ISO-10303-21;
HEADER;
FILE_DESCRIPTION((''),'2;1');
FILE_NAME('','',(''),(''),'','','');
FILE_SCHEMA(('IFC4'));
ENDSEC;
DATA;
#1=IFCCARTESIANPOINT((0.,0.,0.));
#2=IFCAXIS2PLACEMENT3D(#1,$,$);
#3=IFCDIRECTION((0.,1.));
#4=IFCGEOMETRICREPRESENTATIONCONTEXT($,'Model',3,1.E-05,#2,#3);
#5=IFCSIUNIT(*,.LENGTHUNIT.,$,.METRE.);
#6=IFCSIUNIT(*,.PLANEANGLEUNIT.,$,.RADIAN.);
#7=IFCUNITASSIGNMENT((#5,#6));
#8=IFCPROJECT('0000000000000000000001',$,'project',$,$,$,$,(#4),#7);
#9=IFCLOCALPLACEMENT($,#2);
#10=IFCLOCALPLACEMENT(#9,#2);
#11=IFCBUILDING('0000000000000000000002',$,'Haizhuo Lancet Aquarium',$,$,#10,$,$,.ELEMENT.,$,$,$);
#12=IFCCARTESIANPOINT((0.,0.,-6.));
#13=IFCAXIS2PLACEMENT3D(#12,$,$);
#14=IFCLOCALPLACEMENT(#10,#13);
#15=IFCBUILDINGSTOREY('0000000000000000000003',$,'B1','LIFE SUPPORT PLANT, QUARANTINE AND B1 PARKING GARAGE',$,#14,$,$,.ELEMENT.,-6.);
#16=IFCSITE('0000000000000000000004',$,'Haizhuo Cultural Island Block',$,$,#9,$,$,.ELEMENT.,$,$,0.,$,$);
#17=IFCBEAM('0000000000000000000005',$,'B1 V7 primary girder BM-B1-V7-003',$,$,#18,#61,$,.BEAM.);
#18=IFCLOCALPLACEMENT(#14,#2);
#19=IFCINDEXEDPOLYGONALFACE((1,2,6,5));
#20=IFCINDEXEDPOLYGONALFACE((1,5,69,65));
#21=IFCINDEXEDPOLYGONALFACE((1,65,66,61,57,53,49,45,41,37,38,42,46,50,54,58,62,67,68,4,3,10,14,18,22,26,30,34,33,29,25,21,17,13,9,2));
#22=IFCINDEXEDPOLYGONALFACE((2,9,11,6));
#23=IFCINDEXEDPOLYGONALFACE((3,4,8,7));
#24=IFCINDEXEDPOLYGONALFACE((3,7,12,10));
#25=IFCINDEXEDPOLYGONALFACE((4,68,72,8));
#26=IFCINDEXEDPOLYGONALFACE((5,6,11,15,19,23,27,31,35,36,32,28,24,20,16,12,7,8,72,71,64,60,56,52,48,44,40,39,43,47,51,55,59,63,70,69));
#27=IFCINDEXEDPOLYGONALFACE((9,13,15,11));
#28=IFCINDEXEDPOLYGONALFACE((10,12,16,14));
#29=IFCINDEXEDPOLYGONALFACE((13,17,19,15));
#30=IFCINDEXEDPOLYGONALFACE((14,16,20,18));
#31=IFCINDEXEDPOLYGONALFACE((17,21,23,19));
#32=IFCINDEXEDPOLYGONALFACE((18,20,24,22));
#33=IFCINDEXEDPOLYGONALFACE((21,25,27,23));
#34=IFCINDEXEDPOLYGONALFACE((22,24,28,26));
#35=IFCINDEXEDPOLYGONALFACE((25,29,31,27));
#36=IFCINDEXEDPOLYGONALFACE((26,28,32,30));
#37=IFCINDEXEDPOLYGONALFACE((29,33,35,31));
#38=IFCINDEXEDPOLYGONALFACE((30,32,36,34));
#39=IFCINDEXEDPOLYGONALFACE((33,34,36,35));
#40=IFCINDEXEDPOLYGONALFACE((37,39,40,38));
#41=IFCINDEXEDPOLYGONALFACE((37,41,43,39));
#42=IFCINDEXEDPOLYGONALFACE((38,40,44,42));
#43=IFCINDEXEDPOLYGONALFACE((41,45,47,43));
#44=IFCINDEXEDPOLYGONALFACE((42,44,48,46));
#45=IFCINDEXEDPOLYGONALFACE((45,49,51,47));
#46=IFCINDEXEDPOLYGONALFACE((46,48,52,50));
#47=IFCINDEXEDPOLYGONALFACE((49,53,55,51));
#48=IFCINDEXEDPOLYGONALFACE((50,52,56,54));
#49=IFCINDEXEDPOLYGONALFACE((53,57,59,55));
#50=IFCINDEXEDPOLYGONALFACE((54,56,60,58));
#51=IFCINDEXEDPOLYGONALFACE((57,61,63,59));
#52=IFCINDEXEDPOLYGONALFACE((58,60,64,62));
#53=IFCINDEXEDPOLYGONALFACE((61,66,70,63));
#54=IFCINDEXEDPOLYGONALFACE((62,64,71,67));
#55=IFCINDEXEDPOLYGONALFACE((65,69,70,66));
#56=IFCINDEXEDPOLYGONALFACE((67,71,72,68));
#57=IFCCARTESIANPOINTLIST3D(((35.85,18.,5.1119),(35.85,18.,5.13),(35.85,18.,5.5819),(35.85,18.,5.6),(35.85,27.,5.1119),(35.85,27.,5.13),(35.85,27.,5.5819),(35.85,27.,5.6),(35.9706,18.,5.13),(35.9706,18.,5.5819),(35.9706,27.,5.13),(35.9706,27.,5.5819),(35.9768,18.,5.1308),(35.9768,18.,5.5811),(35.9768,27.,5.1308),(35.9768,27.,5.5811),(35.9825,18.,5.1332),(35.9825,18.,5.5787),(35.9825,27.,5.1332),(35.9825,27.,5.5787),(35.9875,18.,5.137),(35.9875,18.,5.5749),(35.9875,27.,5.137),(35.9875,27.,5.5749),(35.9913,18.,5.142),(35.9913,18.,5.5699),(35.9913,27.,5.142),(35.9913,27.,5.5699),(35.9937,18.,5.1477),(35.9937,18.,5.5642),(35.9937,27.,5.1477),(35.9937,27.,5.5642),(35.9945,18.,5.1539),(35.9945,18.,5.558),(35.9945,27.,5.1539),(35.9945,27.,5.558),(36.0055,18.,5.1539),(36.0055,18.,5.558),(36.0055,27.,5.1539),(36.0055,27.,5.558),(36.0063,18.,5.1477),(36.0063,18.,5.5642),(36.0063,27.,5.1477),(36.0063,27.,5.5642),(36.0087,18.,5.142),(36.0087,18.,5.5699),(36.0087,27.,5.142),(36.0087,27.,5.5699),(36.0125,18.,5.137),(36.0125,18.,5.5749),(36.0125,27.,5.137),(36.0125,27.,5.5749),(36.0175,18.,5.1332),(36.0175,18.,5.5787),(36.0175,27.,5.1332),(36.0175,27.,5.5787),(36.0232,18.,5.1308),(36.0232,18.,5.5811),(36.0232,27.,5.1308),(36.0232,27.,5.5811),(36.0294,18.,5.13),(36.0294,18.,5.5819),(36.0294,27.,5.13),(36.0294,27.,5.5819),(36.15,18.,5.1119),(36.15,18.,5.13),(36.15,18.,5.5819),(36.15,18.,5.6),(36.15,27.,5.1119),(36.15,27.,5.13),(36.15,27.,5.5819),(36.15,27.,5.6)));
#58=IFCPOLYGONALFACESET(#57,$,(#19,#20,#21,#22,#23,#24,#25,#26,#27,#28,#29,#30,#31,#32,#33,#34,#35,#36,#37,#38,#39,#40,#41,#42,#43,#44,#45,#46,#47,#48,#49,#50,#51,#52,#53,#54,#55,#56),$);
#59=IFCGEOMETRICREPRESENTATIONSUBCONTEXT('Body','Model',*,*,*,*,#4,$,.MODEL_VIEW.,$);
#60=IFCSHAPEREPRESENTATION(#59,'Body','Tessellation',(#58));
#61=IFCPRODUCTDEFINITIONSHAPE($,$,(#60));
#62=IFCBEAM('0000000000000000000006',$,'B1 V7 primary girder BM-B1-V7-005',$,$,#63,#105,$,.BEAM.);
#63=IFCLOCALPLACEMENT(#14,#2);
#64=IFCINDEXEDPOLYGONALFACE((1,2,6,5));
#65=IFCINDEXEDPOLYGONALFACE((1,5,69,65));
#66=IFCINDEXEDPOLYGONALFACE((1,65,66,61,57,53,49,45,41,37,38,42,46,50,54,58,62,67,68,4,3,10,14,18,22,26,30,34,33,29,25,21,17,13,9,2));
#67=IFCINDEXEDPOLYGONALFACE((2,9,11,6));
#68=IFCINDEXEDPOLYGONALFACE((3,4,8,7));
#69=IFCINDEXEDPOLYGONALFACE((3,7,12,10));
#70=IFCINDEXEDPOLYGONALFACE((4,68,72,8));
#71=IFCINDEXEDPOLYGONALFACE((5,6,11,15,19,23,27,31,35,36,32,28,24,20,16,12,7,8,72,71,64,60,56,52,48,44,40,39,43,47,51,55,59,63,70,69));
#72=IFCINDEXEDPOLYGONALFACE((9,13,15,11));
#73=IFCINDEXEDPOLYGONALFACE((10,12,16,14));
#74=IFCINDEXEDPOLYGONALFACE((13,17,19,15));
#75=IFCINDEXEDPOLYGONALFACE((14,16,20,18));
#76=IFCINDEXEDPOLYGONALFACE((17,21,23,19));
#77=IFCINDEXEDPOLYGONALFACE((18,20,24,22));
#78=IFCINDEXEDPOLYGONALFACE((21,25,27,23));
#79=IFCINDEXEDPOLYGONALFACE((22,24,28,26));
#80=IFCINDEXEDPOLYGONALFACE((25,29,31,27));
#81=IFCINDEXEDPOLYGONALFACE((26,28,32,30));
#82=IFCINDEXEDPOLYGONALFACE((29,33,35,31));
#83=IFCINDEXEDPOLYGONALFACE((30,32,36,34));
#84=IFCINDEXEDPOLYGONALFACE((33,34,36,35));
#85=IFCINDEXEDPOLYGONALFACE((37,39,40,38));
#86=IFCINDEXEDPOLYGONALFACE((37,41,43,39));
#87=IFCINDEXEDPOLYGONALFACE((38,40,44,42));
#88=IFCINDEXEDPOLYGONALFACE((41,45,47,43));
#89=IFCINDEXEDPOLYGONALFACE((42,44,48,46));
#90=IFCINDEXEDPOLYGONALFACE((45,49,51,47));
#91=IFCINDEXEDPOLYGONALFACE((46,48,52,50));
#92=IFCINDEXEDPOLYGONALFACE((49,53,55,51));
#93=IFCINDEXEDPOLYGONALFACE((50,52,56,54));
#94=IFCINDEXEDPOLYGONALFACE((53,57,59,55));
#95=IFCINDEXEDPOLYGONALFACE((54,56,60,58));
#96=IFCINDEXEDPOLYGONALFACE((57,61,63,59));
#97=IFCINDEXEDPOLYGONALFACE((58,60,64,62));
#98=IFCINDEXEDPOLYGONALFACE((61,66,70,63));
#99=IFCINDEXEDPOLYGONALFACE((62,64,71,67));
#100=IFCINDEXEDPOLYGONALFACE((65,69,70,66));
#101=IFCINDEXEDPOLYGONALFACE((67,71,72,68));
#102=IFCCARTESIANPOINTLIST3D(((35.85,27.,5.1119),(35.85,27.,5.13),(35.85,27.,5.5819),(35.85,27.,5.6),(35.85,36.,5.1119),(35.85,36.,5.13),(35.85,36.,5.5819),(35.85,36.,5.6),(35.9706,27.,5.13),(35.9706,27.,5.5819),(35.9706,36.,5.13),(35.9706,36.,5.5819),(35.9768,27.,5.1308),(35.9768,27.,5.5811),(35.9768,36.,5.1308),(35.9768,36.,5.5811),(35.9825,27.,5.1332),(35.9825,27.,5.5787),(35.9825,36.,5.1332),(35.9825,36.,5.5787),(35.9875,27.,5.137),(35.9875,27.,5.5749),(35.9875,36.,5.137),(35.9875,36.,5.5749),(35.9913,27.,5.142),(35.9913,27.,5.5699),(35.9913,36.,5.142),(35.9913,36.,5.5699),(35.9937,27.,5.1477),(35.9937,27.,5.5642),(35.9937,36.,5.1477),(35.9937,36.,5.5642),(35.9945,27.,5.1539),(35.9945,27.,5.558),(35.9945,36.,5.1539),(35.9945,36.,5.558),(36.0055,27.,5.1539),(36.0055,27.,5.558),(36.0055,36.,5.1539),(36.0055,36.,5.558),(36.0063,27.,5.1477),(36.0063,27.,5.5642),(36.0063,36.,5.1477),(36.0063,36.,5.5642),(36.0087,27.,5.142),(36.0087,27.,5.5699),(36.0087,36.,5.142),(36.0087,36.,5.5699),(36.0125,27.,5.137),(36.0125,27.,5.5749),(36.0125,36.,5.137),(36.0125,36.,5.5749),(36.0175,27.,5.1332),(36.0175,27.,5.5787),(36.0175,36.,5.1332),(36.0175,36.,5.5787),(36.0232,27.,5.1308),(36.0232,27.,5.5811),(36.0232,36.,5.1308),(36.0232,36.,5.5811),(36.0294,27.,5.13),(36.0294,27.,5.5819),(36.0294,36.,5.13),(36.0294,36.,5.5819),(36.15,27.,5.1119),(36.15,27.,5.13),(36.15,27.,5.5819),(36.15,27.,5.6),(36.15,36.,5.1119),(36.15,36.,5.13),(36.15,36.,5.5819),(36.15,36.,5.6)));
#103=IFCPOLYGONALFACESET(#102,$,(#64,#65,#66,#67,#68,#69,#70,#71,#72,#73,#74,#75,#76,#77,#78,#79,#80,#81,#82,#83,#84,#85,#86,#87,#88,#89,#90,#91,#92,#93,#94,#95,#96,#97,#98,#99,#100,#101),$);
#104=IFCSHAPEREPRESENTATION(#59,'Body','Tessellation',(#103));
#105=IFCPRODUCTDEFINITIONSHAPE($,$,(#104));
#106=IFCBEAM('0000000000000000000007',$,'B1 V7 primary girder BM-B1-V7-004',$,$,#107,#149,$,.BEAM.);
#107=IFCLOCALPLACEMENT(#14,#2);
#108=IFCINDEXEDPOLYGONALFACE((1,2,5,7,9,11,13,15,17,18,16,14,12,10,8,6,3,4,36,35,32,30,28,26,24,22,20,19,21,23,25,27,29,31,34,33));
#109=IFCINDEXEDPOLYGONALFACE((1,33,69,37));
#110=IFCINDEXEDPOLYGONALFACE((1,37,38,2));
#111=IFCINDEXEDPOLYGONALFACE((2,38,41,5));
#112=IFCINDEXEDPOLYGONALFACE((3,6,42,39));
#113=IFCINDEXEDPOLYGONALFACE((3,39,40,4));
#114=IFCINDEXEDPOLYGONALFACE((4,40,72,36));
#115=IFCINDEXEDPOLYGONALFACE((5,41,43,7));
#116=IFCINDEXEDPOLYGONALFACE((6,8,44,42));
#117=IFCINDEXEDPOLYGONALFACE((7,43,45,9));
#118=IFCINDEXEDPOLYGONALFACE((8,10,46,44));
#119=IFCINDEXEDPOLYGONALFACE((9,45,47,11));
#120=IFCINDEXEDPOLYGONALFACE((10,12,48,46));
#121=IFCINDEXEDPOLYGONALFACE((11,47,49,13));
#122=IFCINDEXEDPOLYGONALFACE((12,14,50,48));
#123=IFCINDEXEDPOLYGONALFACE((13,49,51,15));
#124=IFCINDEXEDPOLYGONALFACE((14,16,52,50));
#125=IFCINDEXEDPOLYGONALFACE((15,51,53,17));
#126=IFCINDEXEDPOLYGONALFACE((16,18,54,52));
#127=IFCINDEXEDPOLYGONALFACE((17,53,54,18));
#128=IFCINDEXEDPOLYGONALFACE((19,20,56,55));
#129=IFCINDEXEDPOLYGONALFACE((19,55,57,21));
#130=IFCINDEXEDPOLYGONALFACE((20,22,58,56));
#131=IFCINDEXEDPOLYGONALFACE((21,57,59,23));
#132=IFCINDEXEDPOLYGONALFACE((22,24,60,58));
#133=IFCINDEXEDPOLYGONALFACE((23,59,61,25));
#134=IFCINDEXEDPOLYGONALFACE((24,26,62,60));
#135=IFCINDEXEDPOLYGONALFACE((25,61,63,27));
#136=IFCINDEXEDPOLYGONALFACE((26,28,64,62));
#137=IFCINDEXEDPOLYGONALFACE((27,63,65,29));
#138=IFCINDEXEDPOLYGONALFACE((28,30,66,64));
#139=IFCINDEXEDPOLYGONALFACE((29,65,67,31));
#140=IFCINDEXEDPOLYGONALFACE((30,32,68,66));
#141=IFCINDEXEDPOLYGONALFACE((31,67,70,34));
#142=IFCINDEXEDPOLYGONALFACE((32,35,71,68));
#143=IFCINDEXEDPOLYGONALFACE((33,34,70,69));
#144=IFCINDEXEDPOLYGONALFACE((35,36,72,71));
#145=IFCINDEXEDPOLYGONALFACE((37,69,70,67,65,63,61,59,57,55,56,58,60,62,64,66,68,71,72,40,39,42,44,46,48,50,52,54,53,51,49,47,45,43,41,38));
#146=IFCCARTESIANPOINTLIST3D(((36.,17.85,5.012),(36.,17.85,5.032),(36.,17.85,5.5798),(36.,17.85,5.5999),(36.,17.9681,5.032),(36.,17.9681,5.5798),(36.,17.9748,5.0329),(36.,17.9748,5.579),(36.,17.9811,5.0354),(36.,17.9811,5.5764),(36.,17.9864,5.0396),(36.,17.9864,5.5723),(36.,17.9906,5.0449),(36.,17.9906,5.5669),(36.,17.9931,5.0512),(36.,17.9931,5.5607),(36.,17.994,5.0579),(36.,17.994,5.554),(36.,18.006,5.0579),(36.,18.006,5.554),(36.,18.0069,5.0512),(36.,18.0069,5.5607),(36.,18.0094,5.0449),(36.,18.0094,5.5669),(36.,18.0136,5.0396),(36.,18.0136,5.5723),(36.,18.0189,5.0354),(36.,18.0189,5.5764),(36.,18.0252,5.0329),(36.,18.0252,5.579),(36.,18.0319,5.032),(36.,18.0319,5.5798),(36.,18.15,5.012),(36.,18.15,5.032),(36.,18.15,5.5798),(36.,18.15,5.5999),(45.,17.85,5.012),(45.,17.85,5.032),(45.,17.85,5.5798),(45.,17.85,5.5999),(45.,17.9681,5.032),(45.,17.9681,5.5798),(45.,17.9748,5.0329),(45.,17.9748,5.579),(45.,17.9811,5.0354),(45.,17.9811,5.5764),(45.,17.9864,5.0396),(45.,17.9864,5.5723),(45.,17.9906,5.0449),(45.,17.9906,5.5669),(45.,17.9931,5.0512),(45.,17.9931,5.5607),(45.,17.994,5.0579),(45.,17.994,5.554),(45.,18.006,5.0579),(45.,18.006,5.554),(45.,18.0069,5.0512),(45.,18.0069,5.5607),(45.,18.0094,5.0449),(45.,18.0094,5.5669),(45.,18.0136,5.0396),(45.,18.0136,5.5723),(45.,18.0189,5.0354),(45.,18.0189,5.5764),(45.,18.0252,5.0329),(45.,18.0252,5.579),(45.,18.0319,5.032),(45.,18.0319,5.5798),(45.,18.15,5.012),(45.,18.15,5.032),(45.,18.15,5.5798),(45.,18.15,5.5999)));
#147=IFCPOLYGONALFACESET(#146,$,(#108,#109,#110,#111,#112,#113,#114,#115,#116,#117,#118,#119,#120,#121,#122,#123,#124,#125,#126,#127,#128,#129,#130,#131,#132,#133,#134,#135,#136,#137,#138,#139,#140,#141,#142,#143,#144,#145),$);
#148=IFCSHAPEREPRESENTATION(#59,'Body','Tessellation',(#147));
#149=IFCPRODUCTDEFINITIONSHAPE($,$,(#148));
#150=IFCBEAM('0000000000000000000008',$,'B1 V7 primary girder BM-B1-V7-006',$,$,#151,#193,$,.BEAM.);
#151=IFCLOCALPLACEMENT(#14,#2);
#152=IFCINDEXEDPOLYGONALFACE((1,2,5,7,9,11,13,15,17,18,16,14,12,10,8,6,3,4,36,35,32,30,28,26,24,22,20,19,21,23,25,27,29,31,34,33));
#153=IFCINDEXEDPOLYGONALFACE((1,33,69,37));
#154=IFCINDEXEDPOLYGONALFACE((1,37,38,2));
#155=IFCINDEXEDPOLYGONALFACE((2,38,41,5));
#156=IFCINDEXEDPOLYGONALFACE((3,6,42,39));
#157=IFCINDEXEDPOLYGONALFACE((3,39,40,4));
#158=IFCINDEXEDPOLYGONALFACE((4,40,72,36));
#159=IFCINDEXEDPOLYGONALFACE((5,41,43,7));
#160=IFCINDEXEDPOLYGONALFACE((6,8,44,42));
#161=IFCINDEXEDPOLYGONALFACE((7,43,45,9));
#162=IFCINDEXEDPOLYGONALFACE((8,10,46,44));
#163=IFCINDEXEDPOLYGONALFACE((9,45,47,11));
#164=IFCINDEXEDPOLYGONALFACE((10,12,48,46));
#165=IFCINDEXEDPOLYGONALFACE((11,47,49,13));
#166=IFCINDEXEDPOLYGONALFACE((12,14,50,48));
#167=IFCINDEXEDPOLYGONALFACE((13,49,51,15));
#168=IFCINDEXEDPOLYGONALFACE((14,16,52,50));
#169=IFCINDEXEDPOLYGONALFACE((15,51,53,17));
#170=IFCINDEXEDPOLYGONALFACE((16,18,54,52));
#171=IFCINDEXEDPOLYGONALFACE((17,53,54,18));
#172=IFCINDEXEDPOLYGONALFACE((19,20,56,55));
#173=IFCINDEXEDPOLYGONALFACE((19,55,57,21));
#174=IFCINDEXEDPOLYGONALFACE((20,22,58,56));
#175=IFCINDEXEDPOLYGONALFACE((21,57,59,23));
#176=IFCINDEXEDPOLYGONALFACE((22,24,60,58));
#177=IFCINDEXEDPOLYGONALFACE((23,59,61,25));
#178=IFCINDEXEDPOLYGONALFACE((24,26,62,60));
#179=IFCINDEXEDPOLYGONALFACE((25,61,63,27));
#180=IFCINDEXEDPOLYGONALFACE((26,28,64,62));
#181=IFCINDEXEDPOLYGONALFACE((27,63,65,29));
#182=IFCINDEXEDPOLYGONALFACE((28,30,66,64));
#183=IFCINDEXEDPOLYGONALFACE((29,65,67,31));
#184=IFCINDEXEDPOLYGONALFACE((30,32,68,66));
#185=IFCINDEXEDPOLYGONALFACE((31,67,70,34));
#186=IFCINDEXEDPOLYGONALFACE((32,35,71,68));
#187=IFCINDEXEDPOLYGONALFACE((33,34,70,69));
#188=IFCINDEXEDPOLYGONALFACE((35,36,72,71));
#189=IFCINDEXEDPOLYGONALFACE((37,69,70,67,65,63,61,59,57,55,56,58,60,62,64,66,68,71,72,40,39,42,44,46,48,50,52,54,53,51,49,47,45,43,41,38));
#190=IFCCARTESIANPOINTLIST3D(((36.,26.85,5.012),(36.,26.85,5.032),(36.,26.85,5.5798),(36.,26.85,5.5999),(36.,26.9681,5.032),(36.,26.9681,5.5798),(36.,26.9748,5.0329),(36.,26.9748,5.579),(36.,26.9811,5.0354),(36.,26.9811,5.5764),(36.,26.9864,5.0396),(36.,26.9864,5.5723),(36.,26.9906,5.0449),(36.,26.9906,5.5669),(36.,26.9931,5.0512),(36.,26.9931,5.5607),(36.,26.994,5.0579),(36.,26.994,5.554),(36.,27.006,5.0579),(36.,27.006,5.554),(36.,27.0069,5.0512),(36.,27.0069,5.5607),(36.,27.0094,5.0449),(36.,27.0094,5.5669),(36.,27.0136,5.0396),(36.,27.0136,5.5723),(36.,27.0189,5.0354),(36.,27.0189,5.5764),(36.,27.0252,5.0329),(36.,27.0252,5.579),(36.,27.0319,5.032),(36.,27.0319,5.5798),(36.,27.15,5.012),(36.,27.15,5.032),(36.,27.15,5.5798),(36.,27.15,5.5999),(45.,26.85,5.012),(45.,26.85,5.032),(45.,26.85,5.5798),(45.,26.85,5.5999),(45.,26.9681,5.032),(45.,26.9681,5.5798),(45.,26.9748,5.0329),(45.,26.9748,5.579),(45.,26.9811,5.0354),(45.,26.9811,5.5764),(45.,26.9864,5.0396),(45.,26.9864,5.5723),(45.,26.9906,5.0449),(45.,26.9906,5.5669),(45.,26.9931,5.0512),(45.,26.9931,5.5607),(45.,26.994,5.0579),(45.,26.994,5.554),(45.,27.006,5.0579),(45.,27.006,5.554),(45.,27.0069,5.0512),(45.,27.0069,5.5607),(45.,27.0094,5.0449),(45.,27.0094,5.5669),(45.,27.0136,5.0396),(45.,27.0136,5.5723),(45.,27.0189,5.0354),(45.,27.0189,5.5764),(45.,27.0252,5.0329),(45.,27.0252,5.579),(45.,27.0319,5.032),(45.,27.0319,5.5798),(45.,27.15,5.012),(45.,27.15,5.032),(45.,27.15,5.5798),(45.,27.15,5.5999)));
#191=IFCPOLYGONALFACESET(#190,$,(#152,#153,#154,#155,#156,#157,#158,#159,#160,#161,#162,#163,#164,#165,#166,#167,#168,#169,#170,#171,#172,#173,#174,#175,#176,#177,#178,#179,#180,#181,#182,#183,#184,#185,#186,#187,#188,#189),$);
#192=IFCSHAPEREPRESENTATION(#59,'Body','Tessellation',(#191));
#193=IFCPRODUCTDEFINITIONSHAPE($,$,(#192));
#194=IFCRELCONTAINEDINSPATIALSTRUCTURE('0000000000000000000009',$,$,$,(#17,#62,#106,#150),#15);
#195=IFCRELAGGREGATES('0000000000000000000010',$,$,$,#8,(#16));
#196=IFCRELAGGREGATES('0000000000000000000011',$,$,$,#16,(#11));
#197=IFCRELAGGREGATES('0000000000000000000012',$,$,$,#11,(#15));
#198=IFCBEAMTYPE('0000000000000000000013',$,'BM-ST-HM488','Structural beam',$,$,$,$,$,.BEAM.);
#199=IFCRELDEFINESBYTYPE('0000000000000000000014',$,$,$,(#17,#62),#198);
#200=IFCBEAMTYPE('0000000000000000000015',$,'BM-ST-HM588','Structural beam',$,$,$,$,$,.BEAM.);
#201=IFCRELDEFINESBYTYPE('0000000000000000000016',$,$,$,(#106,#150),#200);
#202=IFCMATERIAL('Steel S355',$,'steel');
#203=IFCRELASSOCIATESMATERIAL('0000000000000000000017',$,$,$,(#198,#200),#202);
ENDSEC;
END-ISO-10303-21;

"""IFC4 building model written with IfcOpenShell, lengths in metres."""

from ifc_helpers import new_model, si_unit, direction, frame, origin, origin_2d, place, context, subcontext, project, spatial, i_section, extrude, material, material_profile, profile_set, type_object, element, save


model = new_model("IFC4")

# Units and contexts
model_context = context("Model", 3, precision=1e-05, world=origin(), true_north=direction((0.0, 1.0)))
body_context = subcontext(model_context, "Body", "Model", "MODEL_VIEW")
ifc_project = project(units=[si_unit("LENGTHUNIT", "METRE"), si_unit("PLANEANGLEUNIT", "RADIAN")], contexts=[model_context])

# Site, building, storey
site_placement = place(None, origin())
site = spatial("IfcSite", under=ifc_project, at=site_placement, Name="Haizhuo Cultural Island Block", CompositionType="ELEMENT", RefElevation=0.0)
building_placement = place(site_placement, origin())
building = spatial("IfcBuilding", under=site, at=building_placement, Name="Haizhuo Lancet Aquarium", CompositionType="ELEMENT")
storey_placement = place(building_placement, frame((0.0, 0.0, -6.0)))
storey = spatial("IfcBuildingStorey", under=building, at=storey_placement, Name="B1", Description="LIFE SUPPORT PLANT, QUARANTINE AND B1 PARKING GARAGE", CompositionType="ELEMENT", Elevation=-6.0)

# Shared definitions
ifc_material_1 = material(Name="Steel S355", Category="steel")

# Beams
ifc_material_profile_1 = material_profile(ifc_material_1, i_section(OverallWidth=0.3, OverallDepth=0.488, WebThickness=0.011, FlangeThickness=0.0181, FilletRadius=0.0239, at=origin_2d()), Name="HM 488x300x11x18")
ifc_profile_set_1 = profile_set([ifc_material_profile_1], Name="Steel S355")
beam_type_1 = type_object("IfcBeamType", Name="BM-ST-HM488", Description="Structural beam", PredefinedType="BEAM", material=ifc_profile_set_1)
for number, where, z_axis, x_axis, name in (
    (1, (36.0, 18.0, 5.356), (0.0, 1.0, 0.0), (-1.0, 0.0, 0.0), "B1 V7 primary girder BM-B1-V7-003"),
    (2, (36.0, 27.0, 5.356), (0.0, 1.0, 0.0), (-1.0, 0.0, 0.0), "B1 V7 primary girder BM-B1-V7-005"),
):
    element("IfcBeam", number, at=place(storey_placement, frame(where, z_axis=z_axis, x_axis=x_axis)), inside=storey, type_object=beam_type_1, Name=name, PredefinedType="BEAM", context=body_context, shape_type="SweptSolid", body=[
        extrude(i_section(OverallWidth=0.3, OverallDepth=0.488, WebThickness=0.011, FlangeThickness=0.0181, FilletRadius=0.0239, at=origin_2d()), origin(), (0.0, 0.0, 1.0), 9.0),
    ])
ifc_material_profile_2 = material_profile(ifc_material_1, i_section(OverallWidth=0.3, OverallDepth=0.5879, WebThickness=0.012, FlangeThickness=0.02, FilletRadius=0.0259, at=origin_2d()), Name="HM 588x300x12x20")
ifc_profile_set_2 = profile_set([ifc_material_profile_2], Name="Steel S355")
beam_type_2 = type_object("IfcBeamType", Name="BM-ST-HM588", Description="Structural beam", PredefinedType="BEAM", material=ifc_profile_set_2)
for number, where, z_axis, x_axis, name in (
    (3, (36.0, 18.0, 5.3059), (1.0, 0.0, 0.0), (0.0, 1.0, 0.0), "B1 V7 primary girder BM-B1-V7-004"),
    (4, (36.0, 27.0, 5.3059), (1.0, 0.0, 0.0), (0.0, 1.0, 0.0), "B1 V7 primary girder BM-B1-V7-006"),
):
    element("IfcBeam", number, at=place(storey_placement, frame(where, z_axis=z_axis, x_axis=x_axis)), inside=storey, type_object=beam_type_2, Name=name, PredefinedType="BEAM", context=body_context, shape_type="SweptSolid", body=[
        extrude(i_section(OverallWidth=0.3, OverallDepth=0.5879, WebThickness=0.012, FlangeThickness=0.02, FilletRadius=0.0259, at=origin_2d()), origin(), (0.0, 0.0, 1.0), 9.0),
    ])

save(model, "model.ifc")
